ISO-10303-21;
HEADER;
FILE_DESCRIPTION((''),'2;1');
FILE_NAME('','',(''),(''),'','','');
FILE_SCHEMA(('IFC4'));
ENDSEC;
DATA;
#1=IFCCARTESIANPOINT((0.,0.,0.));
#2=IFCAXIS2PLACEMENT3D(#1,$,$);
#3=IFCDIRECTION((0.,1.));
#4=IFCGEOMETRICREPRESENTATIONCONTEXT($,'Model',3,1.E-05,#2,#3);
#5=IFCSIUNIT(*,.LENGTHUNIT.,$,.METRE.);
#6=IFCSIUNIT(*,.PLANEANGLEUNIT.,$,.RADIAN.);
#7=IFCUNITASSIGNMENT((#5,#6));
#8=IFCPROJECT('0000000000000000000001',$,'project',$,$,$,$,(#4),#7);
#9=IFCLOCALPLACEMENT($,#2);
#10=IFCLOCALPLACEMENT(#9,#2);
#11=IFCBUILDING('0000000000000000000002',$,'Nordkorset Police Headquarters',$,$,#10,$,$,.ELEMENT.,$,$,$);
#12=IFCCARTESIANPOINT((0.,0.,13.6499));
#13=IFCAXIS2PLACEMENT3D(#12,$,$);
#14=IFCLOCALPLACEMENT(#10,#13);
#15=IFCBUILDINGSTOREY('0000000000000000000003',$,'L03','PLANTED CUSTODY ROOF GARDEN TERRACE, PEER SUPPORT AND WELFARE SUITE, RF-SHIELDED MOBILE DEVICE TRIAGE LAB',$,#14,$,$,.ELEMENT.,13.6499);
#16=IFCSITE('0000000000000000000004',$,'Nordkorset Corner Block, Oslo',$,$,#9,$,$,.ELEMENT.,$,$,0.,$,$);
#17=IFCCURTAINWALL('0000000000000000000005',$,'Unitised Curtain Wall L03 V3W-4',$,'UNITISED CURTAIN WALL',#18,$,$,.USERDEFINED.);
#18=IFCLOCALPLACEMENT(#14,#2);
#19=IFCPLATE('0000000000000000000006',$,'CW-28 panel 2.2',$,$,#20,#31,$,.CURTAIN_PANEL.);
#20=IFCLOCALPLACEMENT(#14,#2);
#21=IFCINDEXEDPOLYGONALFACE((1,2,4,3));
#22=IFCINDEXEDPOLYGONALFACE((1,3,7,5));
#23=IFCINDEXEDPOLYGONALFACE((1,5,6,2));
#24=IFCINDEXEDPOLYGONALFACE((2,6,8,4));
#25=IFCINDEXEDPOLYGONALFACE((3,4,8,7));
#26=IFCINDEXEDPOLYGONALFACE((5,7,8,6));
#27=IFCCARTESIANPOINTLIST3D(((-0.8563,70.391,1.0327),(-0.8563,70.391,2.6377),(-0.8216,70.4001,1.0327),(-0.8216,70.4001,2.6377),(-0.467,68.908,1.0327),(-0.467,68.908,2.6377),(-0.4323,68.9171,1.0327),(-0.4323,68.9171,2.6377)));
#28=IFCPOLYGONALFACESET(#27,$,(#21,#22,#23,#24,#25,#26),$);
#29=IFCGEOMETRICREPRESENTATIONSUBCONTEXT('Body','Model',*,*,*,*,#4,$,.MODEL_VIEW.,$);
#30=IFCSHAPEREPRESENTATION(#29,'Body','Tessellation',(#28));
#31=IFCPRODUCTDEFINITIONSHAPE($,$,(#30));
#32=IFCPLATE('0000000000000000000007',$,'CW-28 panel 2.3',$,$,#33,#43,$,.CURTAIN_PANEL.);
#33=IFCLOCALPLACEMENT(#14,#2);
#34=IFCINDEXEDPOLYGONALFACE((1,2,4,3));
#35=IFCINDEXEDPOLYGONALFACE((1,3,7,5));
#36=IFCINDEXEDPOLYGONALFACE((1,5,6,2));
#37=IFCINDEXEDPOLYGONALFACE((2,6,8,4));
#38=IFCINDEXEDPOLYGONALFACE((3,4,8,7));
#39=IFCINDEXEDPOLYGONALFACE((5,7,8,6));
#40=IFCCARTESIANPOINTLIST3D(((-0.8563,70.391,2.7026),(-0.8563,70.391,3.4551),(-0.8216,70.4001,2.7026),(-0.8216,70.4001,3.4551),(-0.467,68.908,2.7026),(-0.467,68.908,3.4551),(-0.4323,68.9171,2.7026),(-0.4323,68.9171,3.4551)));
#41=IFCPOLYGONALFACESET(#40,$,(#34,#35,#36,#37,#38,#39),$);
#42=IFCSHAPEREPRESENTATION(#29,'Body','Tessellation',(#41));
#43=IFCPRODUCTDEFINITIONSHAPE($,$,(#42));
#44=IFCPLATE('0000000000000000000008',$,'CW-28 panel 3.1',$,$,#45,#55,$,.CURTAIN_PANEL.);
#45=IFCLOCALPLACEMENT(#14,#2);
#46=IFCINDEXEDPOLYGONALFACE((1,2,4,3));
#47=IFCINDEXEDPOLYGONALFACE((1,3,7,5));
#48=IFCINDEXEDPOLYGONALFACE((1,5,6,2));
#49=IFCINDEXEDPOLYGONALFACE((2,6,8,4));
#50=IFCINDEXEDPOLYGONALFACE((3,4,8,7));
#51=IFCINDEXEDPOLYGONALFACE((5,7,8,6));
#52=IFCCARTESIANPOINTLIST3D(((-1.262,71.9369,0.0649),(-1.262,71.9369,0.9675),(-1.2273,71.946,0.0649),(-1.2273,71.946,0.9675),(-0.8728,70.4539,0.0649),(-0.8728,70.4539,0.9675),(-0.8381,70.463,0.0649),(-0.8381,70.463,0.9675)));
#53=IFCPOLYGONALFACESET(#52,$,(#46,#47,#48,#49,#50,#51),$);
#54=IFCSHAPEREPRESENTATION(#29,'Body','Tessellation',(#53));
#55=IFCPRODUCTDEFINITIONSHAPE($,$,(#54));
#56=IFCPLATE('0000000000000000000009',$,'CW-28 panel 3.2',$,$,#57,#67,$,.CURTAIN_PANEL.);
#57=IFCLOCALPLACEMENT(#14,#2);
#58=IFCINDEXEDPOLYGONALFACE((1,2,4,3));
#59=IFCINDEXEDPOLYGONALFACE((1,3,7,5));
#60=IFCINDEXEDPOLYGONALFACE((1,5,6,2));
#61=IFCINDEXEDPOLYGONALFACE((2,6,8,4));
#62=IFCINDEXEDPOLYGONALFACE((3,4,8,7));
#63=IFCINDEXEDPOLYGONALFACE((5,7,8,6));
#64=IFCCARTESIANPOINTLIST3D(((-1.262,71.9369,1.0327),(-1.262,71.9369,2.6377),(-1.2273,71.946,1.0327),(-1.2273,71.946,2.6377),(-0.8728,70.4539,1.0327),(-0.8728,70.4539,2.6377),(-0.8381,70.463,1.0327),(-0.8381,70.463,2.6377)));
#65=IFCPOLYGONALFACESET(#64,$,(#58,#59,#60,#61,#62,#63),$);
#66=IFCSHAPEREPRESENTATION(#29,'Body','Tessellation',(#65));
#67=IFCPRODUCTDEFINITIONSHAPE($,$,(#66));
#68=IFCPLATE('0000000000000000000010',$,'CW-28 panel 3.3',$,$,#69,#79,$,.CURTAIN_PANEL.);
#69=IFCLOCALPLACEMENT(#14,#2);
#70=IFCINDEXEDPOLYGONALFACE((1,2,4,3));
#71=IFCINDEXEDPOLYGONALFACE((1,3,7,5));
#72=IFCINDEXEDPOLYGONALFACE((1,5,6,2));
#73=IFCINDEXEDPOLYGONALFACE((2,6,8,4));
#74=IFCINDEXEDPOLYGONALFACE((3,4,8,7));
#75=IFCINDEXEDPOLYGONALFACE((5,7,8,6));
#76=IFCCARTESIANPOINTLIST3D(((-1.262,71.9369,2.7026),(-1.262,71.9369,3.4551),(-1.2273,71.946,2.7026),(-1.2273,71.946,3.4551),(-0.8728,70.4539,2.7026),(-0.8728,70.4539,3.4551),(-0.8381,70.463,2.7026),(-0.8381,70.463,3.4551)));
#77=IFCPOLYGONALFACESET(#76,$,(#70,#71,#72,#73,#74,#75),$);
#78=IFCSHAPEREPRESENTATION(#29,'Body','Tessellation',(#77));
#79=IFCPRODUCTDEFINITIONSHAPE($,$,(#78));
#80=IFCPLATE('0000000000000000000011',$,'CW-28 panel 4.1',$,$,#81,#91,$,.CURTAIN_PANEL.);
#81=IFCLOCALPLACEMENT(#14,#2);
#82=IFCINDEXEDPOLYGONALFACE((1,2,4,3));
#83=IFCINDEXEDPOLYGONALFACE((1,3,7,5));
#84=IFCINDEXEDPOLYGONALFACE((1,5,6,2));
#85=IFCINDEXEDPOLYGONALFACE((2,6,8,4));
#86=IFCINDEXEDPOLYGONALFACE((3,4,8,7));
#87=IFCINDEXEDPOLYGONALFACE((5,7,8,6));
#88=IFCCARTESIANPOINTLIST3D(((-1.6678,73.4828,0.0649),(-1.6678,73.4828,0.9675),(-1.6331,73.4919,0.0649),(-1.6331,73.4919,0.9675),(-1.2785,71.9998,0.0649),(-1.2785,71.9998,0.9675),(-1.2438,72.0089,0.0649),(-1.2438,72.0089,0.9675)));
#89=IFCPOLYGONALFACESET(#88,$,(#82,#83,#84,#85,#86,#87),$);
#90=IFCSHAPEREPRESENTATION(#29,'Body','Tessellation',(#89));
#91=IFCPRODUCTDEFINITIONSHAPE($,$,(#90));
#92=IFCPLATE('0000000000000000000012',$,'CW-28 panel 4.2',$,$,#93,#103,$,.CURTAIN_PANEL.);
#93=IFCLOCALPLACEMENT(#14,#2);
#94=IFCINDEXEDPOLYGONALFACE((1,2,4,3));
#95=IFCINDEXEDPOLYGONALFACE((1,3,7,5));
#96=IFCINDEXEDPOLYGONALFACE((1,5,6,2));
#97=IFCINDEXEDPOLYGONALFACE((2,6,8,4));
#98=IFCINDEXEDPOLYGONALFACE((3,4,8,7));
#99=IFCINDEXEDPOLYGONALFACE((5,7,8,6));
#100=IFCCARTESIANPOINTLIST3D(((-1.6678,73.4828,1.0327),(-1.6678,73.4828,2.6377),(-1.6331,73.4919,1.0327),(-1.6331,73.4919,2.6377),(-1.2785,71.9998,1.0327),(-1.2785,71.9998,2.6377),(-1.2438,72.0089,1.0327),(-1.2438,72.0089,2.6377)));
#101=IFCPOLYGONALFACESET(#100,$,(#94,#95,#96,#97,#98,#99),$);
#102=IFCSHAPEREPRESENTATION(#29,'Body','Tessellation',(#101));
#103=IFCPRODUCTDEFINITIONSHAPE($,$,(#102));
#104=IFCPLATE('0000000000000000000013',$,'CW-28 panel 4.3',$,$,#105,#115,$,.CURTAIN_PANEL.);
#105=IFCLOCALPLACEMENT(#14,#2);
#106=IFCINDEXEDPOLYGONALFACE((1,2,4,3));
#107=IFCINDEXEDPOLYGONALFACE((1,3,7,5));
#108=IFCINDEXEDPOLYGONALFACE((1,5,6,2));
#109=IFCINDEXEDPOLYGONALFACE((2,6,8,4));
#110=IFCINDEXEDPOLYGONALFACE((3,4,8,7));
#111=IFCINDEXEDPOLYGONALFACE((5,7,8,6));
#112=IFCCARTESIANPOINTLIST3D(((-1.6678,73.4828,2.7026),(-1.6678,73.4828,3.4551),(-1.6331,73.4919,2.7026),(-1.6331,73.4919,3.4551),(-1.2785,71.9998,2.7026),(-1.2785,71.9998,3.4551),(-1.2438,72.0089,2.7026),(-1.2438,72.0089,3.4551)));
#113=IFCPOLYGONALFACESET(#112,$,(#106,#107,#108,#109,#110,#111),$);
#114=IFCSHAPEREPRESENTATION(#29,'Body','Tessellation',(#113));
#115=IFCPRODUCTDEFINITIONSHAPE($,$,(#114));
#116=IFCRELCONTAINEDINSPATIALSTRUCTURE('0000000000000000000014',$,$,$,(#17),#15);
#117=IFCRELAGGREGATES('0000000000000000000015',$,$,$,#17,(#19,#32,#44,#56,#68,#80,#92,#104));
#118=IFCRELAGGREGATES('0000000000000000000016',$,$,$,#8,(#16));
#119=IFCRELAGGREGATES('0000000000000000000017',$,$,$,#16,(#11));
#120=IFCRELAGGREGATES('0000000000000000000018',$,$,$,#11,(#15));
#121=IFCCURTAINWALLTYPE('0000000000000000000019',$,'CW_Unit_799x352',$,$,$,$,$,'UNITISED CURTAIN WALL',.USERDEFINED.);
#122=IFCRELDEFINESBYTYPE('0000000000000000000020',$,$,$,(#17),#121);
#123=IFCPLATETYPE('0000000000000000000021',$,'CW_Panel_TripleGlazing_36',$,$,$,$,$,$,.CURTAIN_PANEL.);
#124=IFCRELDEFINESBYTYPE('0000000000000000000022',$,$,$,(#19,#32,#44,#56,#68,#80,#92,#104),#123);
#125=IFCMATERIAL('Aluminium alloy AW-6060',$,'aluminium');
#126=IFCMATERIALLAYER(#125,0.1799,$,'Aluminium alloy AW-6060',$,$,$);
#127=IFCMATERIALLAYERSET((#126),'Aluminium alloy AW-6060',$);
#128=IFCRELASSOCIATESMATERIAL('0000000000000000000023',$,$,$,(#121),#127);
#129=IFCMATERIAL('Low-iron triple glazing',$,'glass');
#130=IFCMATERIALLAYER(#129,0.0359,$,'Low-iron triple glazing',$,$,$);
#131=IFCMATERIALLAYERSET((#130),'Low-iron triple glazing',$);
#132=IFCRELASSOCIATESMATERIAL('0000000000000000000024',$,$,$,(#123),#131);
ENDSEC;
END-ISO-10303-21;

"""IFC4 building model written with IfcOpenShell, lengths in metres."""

from ifc_helpers import new_model, si_unit, direction, frame, origin, origin_2d, place, context, subcontext, project, spatial, rectangle, extrude, material, layer, layer_set, type_object, element, aggregate, save


model = new_model("IFC4")

# Units and contexts
model_context = context("Model", 3, precision=1e-05, world=origin(), true_north=direction((0.0, 1.0)))
body_context = subcontext(model_context, "Body", "Model", "MODEL_VIEW")
ifc_project = project(units=[si_unit("LENGTHUNIT", "METRE"), si_unit("PLANEANGLEUNIT", "RADIAN")], contexts=[model_context])

# Site, building, storey
site_placement = place(None, origin())
site = spatial("IfcSite", under=ifc_project, at=site_placement, Name="Nordkorset Corner Block, Oslo", CompositionType="ELEMENT", RefElevation=0.0)
building_placement = place(site_placement, origin())
building = spatial("IfcBuilding", under=site, at=building_placement, Name="Nordkorset Police Headquarters", CompositionType="ELEMENT")
storey_placement = place(building_placement, frame((0.0, 0.0, 13.6499)))
storey = spatial("IfcBuildingStorey", under=building, at=storey_placement, Name="L03", Description="PLANTED CUSTODY ROOF GARDEN TERRACE, PEER SUPPORT AND WELFARE SUITE, RF-SHIELDED MOBILE DEVICE TRIAGE LAB", CompositionType="ELEMENT", Elevation=13.6499)

# Curtain wall
ifc_material_1 = material(Name="Aluminium alloy AW-6060", Category="aluminium")
ifc_layer_1 = layer(ifc_material_1, 0.1799, Name="Aluminium alloy AW-6060")
ifc_layer_set_1 = layer_set([ifc_layer_1], Name="Aluminium alloy AW-6060")
curtain_wall_type_1 = type_object("IfcCurtainWallType", Name="CW_Unit_799x352", ElementType="UNITISED CURTAIN WALL", PredefinedType="USERDEFINED", material=ifc_layer_set_1)
curtain_wall_1_placement = place(storey_placement, origin())
curtain_wall_1 = element("IfcCurtainWall", 1, at=curtain_wall_1_placement, inside=storey, type_object=curtain_wall_type_1, Name="Unitised Curtain Wall L03 V3W-4", ObjectType="UNITISED CURTAIN WALL", PredefinedType="USERDEFINED")

# Plates
ifc_material_2 = material(Name="Low-iron triple glazing", Category="glass")
ifc_layer_2 = layer(ifc_material_2, 0.0359, Name="Low-iron triple glazing")
ifc_layer_set_2 = layer_set([ifc_layer_2], Name="Low-iron triple glazing")
plate_type = type_object("IfcPlateType", Name="CW_Panel_TripleGlazing_36", PredefinedType="CURTAIN_PANEL", material=ifc_layer_set_2)
plate_1_placement = place(storey_placement, frame((-0.6443, 69.6541, 1.0327), z_axis=(0.0, 0.0, 1.0), x_axis=(-0.253897, 0.967231, 0.0)))
plate_1 = element("IfcPlate", 2, at=plate_1_placement, type_object=plate_type, Name="CW-28 panel 2.2", PredefinedType="CURTAIN_PANEL", context=body_context, shape_type="SweptSolid", body=[
    extrude(rectangle(XDim=1.5332, YDim=0.0359, at=origin_2d()), origin(), (0.0, 0.0, 1.0), 1.605),
])
plate_2_placement = place(storey_placement, frame((-0.6443, 69.6541, 2.7026), z_axis=(0.0, 0.0, 1.0), x_axis=(-0.253897, 0.967231, 0.0)))
plate_2 = element("IfcPlate", 3, at=plate_2_placement, type_object=plate_type, Name="CW-28 panel 2.3", PredefinedType="CURTAIN_PANEL", context=body_context, shape_type="SweptSolid", body=[
    extrude(rectangle(XDim=1.5332, YDim=0.0359, at=origin_2d()), origin(), (0.0, 0.0, 1.0), 0.7524),
])
plate_3_placement = place(storey_placement, frame((-1.05, 71.2, 0.0649), z_axis=(0.0, 0.0, 1.0), x_axis=(-0.253897, 0.967231, 0.0)))
plate_3 = element("IfcPlate", 4, at=plate_3_placement, type_object=plate_type, Name="CW-28 panel 3.1", PredefinedType="CURTAIN_PANEL", context=body_context, shape_type="SweptSolid", body=[
    extrude(rectangle(XDim=1.5332, YDim=0.0359, at=origin_2d()), origin(), (0.0, 0.0, 1.0), 0.9026),
])
plate_4_placement = place(storey_placement, frame((-1.05, 71.2, 1.0327), z_axis=(0.0, 0.0, 1.0), x_axis=(-0.253897, 0.967231, 0.0)))
plate_4 = element("IfcPlate", 5, at=plate_4_placement, type_object=plate_type, Name="CW-28 panel 3.2", PredefinedType="CURTAIN_PANEL", context=body_context, shape_type="SweptSolid", body=[
    extrude(rectangle(XDim=1.5332, YDim=0.0359, at=origin_2d()), origin(), (0.0, 0.0, 1.0), 1.605),
])
plate_5_placement = place(storey_placement, frame((-1.05, 71.2, 2.7026), z_axis=(0.0, 0.0, 1.0), x_axis=(-0.253897, 0.967231, 0.0)))
plate_5 = element("IfcPlate", 6, at=plate_5_placement, type_object=plate_type, Name="CW-28 panel 3.3", PredefinedType="CURTAIN_PANEL", context=body_context, shape_type="SweptSolid", body=[
    extrude(rectangle(XDim=1.5332, YDim=0.0359, at=origin_2d()), origin(), (0.0, 0.0, 1.0), 0.7524),
])
plate_6_placement = place(storey_placement, frame((-1.4558, 72.7458, 0.0649), z_axis=(0.0, 0.0, 1.0), x_axis=(-0.253897, 0.967231, 0.0)))
plate_6 = element("IfcPlate", 7, at=plate_6_placement, type_object=plate_type, Name="CW-28 panel 4.1", PredefinedType="CURTAIN_PANEL", context=body_context, shape_type="SweptSolid", body=[
    extrude(rectangle(XDim=1.5332, YDim=0.0359, at=origin_2d()), origin(), (0.0, 0.0, 1.0), 0.9026),
])
plate_7_placement = place(storey_placement, frame((-1.4558, 72.7458, 1.0327), z_axis=(0.0, 0.0, 1.0), x_axis=(-0.253897, 0.967231, 0.0)))
plate_7 = element("IfcPlate", 8, at=plate_7_placement, type_object=plate_type, Name="CW-28 panel 4.2", PredefinedType="CURTAIN_PANEL", context=body_context, shape_type="SweptSolid", body=[
    extrude(rectangle(XDim=1.5332, YDim=0.0359, at=origin_2d()), origin(), (0.0, 0.0, 1.0), 1.605),
])
plate_8_placement = place(storey_placement, frame((-1.4558, 72.7458, 2.7026), z_axis=(0.0, 0.0, 1.0), x_axis=(-0.253897, 0.967231, 0.0)))
plate_8 = element("IfcPlate", 9, at=plate_8_placement, type_object=plate_type, Name="CW-28 panel 4.3", PredefinedType="CURTAIN_PANEL", context=body_context, shape_type="SweptSolid", body=[
    extrude(rectangle(XDim=1.5332, YDim=0.0359, at=origin_2d()), origin(), (0.0, 0.0, 1.0), 0.7524),
])
aggregate(curtain_wall_1, [plate_1, plate_2, plate_3, plate_4, plate_5, plate_6, plate_7, plate_8])

save(model, "model.ifc")
